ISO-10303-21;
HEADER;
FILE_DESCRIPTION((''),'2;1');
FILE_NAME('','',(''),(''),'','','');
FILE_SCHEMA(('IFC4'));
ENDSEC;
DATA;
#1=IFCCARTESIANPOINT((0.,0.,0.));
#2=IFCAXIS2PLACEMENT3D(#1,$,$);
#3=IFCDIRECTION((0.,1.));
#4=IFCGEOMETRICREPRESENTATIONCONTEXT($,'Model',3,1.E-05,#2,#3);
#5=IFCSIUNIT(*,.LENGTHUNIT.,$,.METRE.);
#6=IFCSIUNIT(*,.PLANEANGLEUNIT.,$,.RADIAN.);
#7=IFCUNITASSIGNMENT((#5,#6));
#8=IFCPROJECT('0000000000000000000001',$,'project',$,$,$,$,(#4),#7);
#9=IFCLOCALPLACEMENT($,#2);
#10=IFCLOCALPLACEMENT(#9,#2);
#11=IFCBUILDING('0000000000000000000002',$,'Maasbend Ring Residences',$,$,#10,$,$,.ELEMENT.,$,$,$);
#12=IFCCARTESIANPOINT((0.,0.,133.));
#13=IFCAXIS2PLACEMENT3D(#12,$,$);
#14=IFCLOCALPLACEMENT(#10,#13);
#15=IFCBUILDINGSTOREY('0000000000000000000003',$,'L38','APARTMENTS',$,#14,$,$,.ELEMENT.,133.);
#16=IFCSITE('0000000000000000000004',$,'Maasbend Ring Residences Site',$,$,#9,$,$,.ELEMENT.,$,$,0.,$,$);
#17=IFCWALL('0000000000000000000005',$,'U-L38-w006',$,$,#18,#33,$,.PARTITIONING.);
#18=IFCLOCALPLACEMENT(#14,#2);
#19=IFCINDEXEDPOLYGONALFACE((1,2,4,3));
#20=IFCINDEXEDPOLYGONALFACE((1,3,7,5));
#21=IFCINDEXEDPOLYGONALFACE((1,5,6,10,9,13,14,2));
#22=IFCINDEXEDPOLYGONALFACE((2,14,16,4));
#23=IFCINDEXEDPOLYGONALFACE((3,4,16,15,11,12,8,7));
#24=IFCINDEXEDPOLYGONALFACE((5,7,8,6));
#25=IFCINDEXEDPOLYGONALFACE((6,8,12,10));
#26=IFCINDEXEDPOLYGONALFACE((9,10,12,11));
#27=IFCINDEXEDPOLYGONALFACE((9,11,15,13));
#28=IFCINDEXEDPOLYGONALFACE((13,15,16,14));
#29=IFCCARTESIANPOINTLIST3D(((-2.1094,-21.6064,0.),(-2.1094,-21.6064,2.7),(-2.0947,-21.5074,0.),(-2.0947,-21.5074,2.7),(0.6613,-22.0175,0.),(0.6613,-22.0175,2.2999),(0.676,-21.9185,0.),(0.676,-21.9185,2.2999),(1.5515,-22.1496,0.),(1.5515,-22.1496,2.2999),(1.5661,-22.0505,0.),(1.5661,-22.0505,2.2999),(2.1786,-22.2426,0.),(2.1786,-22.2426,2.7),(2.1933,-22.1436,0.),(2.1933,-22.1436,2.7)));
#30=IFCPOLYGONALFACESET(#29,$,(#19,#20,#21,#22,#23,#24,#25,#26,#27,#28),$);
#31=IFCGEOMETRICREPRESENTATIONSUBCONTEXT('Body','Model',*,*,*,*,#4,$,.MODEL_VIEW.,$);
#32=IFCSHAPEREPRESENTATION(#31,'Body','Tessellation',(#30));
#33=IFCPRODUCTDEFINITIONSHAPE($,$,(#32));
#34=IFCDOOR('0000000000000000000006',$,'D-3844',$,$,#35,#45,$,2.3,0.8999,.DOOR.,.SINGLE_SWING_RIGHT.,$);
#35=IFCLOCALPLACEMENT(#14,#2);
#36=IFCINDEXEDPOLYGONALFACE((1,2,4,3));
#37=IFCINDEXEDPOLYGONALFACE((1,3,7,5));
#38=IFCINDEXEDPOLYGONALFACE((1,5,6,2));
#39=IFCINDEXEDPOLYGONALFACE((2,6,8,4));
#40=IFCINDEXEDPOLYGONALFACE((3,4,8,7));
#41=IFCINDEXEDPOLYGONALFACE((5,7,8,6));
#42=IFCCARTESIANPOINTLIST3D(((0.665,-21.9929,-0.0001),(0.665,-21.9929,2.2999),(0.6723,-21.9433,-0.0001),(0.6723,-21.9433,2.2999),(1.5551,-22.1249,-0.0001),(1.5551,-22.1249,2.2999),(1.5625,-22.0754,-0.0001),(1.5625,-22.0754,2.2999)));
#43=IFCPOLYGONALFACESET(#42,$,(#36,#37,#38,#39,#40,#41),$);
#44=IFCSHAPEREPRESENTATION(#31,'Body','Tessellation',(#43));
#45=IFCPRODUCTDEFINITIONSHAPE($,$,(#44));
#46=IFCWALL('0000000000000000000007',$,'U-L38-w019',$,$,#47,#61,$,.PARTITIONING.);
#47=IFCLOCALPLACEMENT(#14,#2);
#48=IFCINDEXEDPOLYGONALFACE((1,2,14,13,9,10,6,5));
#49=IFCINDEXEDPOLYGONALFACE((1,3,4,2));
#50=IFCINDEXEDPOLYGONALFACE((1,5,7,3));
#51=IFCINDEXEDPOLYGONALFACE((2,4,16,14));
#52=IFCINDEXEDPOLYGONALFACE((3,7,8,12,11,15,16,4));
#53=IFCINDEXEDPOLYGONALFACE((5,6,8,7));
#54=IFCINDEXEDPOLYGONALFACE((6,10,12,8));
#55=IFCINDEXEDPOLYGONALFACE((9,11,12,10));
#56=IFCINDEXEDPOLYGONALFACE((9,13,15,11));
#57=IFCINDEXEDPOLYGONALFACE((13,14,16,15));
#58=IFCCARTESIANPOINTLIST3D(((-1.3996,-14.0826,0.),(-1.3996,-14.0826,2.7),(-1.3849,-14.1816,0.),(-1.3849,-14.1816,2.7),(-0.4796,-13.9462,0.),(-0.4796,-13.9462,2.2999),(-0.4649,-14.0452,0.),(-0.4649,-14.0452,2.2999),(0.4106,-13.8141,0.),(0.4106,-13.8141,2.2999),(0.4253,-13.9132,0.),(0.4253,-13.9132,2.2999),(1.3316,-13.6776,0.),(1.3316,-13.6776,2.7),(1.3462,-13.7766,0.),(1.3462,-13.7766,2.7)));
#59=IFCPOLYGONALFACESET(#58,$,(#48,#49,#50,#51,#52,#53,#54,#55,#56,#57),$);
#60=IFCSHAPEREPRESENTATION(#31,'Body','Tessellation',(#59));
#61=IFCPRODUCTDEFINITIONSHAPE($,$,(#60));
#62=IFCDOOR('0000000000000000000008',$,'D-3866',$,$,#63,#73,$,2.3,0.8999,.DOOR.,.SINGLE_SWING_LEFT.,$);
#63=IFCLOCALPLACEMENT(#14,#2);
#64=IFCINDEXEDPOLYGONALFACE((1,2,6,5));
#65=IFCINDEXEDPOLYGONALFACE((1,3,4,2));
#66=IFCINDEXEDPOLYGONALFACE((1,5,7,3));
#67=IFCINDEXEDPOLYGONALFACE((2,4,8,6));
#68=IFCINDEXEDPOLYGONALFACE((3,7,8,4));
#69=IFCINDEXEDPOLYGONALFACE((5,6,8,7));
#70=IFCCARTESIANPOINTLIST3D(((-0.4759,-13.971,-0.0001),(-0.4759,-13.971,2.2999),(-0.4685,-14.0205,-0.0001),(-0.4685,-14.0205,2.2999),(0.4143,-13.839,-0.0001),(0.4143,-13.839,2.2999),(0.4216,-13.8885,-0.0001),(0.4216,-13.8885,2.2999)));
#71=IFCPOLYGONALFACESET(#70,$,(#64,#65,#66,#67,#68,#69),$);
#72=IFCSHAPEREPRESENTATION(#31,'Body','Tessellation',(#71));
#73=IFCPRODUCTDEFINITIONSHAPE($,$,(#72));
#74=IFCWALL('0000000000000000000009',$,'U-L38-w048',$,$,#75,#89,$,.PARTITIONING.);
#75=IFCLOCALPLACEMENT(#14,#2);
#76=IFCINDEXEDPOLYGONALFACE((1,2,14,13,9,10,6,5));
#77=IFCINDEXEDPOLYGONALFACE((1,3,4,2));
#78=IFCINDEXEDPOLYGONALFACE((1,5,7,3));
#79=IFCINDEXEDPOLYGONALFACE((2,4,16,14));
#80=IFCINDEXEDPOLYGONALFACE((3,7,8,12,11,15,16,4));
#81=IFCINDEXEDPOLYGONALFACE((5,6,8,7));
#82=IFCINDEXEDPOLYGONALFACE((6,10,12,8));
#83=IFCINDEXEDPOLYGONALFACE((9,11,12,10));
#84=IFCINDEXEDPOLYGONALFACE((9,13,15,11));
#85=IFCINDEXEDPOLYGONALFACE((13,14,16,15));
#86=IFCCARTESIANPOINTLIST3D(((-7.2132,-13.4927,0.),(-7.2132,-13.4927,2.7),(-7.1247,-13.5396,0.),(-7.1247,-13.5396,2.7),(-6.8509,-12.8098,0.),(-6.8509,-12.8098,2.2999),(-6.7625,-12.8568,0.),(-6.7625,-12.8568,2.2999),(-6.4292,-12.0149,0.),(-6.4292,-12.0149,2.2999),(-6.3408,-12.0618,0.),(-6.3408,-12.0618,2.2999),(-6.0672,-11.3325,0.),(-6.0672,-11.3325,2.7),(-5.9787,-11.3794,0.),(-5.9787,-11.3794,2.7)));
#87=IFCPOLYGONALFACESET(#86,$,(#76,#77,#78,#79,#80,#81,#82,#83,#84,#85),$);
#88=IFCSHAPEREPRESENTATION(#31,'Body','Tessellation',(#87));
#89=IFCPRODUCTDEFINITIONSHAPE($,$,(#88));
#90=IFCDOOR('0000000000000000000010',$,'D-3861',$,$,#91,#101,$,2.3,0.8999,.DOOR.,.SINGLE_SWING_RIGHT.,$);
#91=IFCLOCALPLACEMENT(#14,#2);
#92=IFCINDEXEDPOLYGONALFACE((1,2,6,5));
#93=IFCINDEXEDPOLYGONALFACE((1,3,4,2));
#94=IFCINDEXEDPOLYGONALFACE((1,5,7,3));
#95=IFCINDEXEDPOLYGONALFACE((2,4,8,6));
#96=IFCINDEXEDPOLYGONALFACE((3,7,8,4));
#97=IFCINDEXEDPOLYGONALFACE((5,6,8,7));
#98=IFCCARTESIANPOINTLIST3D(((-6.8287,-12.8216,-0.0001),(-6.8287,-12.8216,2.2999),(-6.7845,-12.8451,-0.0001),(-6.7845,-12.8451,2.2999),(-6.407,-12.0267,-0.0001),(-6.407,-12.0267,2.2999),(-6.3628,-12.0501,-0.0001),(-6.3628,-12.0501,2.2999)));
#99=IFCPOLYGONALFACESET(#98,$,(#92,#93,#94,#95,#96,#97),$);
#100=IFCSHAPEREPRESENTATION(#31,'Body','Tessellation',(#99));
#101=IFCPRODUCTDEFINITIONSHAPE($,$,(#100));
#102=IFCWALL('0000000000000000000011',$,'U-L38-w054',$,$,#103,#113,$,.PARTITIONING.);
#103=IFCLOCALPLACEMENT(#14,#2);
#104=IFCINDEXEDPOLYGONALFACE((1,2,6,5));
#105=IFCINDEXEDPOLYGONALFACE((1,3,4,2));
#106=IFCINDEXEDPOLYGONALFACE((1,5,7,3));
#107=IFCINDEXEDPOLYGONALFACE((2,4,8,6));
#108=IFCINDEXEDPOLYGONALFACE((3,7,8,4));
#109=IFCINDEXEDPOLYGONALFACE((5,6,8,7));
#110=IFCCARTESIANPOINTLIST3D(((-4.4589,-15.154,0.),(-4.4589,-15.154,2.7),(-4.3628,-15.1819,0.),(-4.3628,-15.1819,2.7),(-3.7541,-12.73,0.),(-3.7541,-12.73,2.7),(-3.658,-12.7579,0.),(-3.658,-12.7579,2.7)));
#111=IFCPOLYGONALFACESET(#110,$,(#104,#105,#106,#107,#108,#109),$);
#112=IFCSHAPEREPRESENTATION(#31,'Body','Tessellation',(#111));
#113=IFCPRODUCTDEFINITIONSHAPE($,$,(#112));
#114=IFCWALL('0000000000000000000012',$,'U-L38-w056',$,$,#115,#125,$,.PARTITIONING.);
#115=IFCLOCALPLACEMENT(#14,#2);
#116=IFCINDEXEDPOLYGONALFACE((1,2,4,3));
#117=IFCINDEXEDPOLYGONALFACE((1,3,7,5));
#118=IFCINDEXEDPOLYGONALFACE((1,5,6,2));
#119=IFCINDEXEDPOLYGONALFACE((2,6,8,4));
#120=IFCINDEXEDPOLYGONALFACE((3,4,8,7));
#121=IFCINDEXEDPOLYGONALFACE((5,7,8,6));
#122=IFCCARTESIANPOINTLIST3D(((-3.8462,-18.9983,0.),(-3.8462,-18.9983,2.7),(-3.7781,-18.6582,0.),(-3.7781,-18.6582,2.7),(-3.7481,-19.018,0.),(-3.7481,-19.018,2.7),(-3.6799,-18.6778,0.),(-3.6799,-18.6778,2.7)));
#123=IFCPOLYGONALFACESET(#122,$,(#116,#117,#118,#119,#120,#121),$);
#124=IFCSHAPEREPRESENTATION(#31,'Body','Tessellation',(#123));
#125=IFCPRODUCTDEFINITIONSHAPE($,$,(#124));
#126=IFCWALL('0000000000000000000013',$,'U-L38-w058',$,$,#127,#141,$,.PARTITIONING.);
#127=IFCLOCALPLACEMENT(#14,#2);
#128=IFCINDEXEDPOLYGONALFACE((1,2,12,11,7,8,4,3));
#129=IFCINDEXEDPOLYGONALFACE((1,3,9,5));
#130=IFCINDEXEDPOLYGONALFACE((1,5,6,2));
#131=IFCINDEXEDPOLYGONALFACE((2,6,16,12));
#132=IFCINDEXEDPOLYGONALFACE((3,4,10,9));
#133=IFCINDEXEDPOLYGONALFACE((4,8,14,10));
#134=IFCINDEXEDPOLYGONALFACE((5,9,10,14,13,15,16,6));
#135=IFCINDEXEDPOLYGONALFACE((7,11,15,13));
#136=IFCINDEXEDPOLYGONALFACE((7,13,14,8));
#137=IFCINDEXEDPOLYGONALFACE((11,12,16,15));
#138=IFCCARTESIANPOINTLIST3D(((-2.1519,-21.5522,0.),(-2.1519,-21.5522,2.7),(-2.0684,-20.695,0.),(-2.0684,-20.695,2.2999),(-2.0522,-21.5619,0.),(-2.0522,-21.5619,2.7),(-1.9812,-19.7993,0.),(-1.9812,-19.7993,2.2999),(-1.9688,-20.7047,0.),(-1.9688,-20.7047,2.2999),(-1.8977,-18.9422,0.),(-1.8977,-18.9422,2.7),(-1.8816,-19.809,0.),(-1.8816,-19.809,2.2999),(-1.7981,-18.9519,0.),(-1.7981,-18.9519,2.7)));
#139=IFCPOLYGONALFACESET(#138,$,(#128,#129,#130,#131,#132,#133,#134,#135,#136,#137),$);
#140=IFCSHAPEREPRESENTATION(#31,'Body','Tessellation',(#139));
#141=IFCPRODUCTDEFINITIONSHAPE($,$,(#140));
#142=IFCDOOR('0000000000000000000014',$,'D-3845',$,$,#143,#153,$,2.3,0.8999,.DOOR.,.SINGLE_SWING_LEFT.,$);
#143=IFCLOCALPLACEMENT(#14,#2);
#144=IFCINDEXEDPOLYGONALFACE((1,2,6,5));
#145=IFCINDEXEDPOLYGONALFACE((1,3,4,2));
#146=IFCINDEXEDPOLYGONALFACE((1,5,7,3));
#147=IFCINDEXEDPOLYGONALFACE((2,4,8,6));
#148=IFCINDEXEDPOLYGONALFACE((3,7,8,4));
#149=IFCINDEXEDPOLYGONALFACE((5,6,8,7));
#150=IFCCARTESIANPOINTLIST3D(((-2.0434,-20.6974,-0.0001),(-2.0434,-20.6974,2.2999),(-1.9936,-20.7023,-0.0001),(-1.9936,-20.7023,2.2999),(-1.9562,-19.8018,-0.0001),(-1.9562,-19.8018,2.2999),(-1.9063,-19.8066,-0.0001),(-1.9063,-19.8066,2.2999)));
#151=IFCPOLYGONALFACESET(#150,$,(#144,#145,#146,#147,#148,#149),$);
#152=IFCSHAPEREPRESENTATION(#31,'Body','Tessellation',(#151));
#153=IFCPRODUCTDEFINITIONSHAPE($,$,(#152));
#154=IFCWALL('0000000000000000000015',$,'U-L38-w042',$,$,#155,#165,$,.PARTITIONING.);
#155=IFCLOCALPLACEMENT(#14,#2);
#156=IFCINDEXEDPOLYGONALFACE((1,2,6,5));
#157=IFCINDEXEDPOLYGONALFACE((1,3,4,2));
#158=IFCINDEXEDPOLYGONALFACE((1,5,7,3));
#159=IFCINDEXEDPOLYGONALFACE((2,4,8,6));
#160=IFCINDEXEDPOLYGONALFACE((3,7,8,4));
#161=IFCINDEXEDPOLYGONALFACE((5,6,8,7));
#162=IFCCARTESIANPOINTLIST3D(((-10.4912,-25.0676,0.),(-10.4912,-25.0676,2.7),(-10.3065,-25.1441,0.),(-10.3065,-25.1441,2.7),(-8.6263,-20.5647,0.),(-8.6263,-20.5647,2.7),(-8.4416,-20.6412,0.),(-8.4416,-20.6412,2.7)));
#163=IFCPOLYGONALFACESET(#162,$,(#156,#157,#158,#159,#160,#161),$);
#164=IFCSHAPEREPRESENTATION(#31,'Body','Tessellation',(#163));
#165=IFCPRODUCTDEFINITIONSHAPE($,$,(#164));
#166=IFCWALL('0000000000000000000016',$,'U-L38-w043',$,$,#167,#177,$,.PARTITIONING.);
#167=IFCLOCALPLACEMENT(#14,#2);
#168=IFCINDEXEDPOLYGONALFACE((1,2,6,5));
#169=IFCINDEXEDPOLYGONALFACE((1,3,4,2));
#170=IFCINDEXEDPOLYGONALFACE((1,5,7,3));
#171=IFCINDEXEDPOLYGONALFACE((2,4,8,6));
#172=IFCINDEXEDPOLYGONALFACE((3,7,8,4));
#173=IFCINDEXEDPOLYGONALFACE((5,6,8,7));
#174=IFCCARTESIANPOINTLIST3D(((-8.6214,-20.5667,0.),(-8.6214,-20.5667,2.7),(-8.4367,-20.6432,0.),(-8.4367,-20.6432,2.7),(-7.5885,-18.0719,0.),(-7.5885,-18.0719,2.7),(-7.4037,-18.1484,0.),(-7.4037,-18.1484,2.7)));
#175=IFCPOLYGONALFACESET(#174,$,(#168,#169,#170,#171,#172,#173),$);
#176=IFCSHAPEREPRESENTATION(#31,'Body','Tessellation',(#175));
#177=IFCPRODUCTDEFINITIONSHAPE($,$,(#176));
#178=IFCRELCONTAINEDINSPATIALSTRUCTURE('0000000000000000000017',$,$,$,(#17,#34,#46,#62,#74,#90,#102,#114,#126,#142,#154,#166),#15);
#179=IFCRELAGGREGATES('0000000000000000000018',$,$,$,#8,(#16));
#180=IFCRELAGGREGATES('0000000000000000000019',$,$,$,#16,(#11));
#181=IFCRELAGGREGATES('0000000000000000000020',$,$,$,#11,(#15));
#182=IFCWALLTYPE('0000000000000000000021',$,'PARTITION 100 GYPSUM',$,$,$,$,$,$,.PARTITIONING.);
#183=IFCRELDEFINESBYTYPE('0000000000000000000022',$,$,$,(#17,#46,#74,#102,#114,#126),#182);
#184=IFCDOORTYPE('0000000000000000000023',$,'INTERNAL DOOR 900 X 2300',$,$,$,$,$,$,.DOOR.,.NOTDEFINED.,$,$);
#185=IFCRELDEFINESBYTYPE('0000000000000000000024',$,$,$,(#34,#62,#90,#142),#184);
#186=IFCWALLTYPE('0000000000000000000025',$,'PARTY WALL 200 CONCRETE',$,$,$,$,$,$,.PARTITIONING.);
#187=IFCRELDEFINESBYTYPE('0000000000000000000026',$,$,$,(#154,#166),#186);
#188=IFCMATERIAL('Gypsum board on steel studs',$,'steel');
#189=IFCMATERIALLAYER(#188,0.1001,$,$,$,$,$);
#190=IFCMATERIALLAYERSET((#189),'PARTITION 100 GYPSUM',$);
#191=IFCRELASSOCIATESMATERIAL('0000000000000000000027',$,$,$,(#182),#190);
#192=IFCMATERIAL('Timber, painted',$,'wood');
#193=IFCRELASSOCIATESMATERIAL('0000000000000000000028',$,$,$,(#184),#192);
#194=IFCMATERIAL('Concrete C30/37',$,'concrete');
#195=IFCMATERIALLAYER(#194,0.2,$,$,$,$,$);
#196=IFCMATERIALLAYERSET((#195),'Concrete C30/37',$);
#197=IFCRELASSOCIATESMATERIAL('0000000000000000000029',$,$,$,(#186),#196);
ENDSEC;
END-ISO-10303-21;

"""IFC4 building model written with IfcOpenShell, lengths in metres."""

from ifc_helpers import new_model, si_unit, direction, frame, frame_2d, origin, place, context, subcontext, project, spatial, rectangle, extrude, material, layer, layer_set, type_object, element, fill, save


model = new_model("IFC4")

# Units and contexts
model_context = context("Model", 3, precision=1e-05, world=origin(), true_north=direction((0.0, 1.0)))
body_context = subcontext(model_context, "Body", "Model", "MODEL_VIEW")
ifc_project = project(units=[si_unit("LENGTHUNIT", "METRE"), si_unit("PLANEANGLEUNIT", "RADIAN")], contexts=[model_context])

# Site, building, storey
site_placement = place(None, origin())
site = spatial("IfcSite", under=ifc_project, at=site_placement, Name="Maasbend Ring Residences Site", CompositionType="ELEMENT", RefElevation=0.0)
building_placement = place(site_placement, origin())
building = spatial("IfcBuilding", under=site, at=building_placement, Name="Maasbend Ring Residences", CompositionType="ELEMENT")
storey_placement = place(building_placement, frame((0.0, 0.0, 133.0)))
storey = spatial("IfcBuildingStorey", under=building, at=storey_placement, Name="L38", Description="APARTMENTS", CompositionType="ELEMENT", Elevation=133.0)

# Shared definitions
ifc_material_1 = material(Name="Gypsum board on steel studs", Category="steel")
ifc_layer_1 = layer(ifc_material_1, 0.1001)
ifc_layer_set_1 = layer_set([ifc_layer_1], Name="PARTITION 100 GYPSUM")
wall_type_1 = type_object("IfcWallType", Name="PARTITION 100 GYPSUM", PredefinedType="PARTITIONING", material=ifc_layer_set_1)

# Walls, openings, doors
wall_1_placement = place(storey_placement, frame((-2.1021, -21.5569, 0.0), z_axis=(0.0, 0.0, 1.0), x_axis=(0.989171, -0.146765, 0.0)))
wall_1 = element("IfcWall", 1, at=wall_1_placement, inside=storey, type_object=wall_type_1, Name="U-L38-w006", PredefinedType="PARTITIONING", context=body_context, shape_type="SweptSolid", body=[
    extrude(rectangle(XDim=4.335, YDim=0.1001, at=frame_2d((2.1675, 0.0))), origin(), (0.0, 0.0, 1.0), 2.7),
])
opening_1_placement = place(wall_1_placement, frame((2.801, 0.0, 0.0)))
opening_1 = element("IfcOpeningElement", 2, at=opening_1_placement, cuts=wall_1, PredefinedType="OPENING", context=body_context, shape_type="SweptSolid", body=[
    extrude(rectangle(XDim=0.8999, YDim=2.3, at=frame_2d((0.45, 1.1499))), frame((0.0, 0.0601, 0.0), z_axis=(0.0, -1.0, 0.0), x_axis=(1.0, 0.0, 0.0)), (0.0, 0.0, 1.0), 0.1201),
])
ifc_material_2 = material(Name="Timber, painted", Category="wood")
door_type_1 = type_object("IfcDoorType", Name="INTERNAL DOOR 900 X 2300", OperationType="NOTDEFINED", PredefinedType="DOOR", material=ifc_material_2)
door_1_placement = place(opening_1_placement, origin())
door_1 = element("IfcDoor", 3, at=door_1_placement, inside=storey, type_object=door_type_1, Name="D-3844", OperationType="SINGLE_SWING_RIGHT", OverallHeight=2.3, OverallWidth=0.8999, PredefinedType="DOOR", context=body_context, shape_type="SweptSolid", body=[
    extrude(rectangle(XDim=0.8999, YDim=2.3, at=frame_2d((0.45, 1.1499))), frame((0.0, 0.0249, 0.0), z_axis=(0.0, -1.0, 0.0), x_axis=(1.0, 0.0, 0.0)), (0.0, 0.0, 1.0), 0.05),
])
fill(opening_1, door_1)
wall_2_placement = place(storey_placement, frame((-1.3921, -14.1321, 0.0), z_axis=(0.0, 0.0, 1.0), x_axis=(0.989182, 0.146693, 0.0)))
wall_2 = element("IfcWall", 4, at=wall_2_placement, inside=storey, type_object=wall_type_1, Name="U-L38-w019", PredefinedType="PARTITIONING", context=body_context, shape_type="SweptSolid", body=[
    extrude(rectangle(XDim=2.761, YDim=0.1001, at=frame_2d((1.3804, 0.0))), origin(), (0.0, 0.0, 1.0), 2.7),
])
opening_2_placement = place(wall_2_placement, frame((0.9299, 0.0, 0.0)))
opening_2 = element("IfcOpeningElement", 5, at=opening_2_placement, cuts=wall_2, PredefinedType="OPENING", context=body_context, shape_type="SweptSolid", body=[
    extrude(rectangle(XDim=0.8999, YDim=2.3, at=frame_2d((0.45, 1.1499))), frame((0.0, 0.0601, 0.0), z_axis=(0.0, -1.0, 0.0), x_axis=(1.0, 0.0, 0.0)), (0.0, 0.0, 1.0), 0.1201),
])
door_2_placement = place(opening_2_placement, origin())
door_2 = element("IfcDoor", 6, at=door_2_placement, inside=storey, type_object=door_type_1, Name="D-3866", OperationType="SINGLE_SWING_LEFT", OverallHeight=2.3, OverallWidth=0.8999, PredefinedType="DOOR", context=body_context, shape_type="SweptSolid", body=[
    extrude(rectangle(XDim=0.8999, YDim=2.3, at=frame_2d((0.45, 1.1499))), frame((0.0, 0.0249, 0.0), z_axis=(0.0, -1.0, 0.0), x_axis=(1.0, 0.0, 0.0)), (0.0, 0.0, 1.0), 0.05),
])
fill(opening_2, door_2)
wall_3_placement = place(storey_placement, frame((-7.1689, -13.5161, 0.0), z_axis=(0.0, 0.0, 1.0), x_axis=(0.468649, 0.883384, 0.0)))
wall_3 = element("IfcWall", 7, at=wall_3_placement, inside=storey, type_object=wall_type_1, Name="U-L38-w048", PredefinedType="PARTITIONING", context=body_context, shape_type="SweptSolid", body=[
    extrude(rectangle(XDim=2.4453, YDim=0.1001, at=frame_2d((1.2227, 0.0))), origin(), (0.0, 0.0, 1.0), 2.7),
])
opening_3_placement = place(wall_3_placement, frame((0.7729, 0.0, 0.0)))
opening_3 = element("IfcOpeningElement", 8, at=opening_3_placement, cuts=wall_3, PredefinedType="OPENING", context=body_context, shape_type="SweptSolid", body=[
    extrude(rectangle(XDim=0.8999, YDim=2.3, at=frame_2d((0.45, 1.1499))), frame((0.0, 0.0601, 0.0), z_axis=(0.0, -1.0, 0.0), x_axis=(1.0, 0.0, 0.0)), (0.0, 0.0, 1.0), 0.1201),
])
door_3_placement = place(opening_3_placement, origin())
door_3 = element("IfcDoor", 9, at=door_3_placement, inside=storey, type_object=door_type_1, Name="D-3861", OperationType="SINGLE_SWING_RIGHT", OverallHeight=2.3, OverallWidth=0.8999, PredefinedType="DOOR", context=body_context, shape_type="SweptSolid", body=[
    extrude(rectangle(XDim=0.8999, YDim=2.3, at=frame_2d((0.45, 1.1499))), frame((0.0, 0.0249, 0.0), z_axis=(0.0, -1.0, 0.0), x_axis=(1.0, 0.0, 0.0)), (0.0, 0.0, 1.0), 0.05),
])
fill(opening_3, door_3)

# Walls
wall_4_placement = place(storey_placement, frame((-4.4109, -15.168, 0.0), z_axis=(0.0, 0.0, 1.0), x_axis=(0.279201, 0.960233, 0.0)))
element("IfcWall", 10, at=wall_4_placement, inside=storey, type_object=wall_type_1, Name="U-L38-w054", PredefinedType="PARTITIONING", context=body_context, shape_type="SweptSolid", body=[
    extrude(rectangle(XDim=2.5244, YDim=0.1001, at=frame_2d((1.2622, 0.0))), origin(), (0.0, 0.0, 1.0), 2.7),
])
wall_5_placement = place(storey_placement, frame((-3.7971, -19.0081, 0.0), z_axis=(0.0, 0.0, 1.0), x_axis=(0.196387, 0.980526, 0.0)))
element("IfcWall", 11, at=wall_5_placement, inside=storey, type_object=wall_type_1, Name="U-L38-w056", PredefinedType="PARTITIONING", context=body_context, shape_type="SweptSolid", body=[
    extrude(rectangle(XDim=0.3469, YDim=0.1001, at=frame_2d((0.1733, 0.0))), origin(), (0.0, 0.0, 1.0), 2.7),
])

# Wall, opening, door
wall_6_placement = place(storey_placement, frame((-2.1021, -21.5569, 0.0), z_axis=(0.0, 0.0, 1.0), x_axis=(0.096922, 0.995292, 0.0)))
wall_6 = element("IfcWall", 12, at=wall_6_placement, inside=storey, type_object=wall_type_1, Name="U-L38-w058", PredefinedType="PARTITIONING", context=body_context, shape_type="SweptSolid", body=[
    extrude(rectangle(XDim=2.6223, YDim=0.1001, at=frame_2d((1.311, 0.0))), origin(), (0.0, 0.0, 1.0), 2.7),
])
opening_4_placement = place(wall_6_placement, frame((0.8611, 0.0, 0.0)))
opening_4 = element("IfcOpeningElement", 13, at=opening_4_placement, cuts=wall_6, PredefinedType="OPENING", context=body_context, shape_type="SweptSolid", body=[
    extrude(rectangle(XDim=0.8999, YDim=2.3, at=frame_2d((0.45, 1.1499))), frame((0.0, 0.0601, 0.0), z_axis=(0.0, -1.0, 0.0), x_axis=(1.0, 0.0, 0.0)), (0.0, 0.0, 1.0), 0.1201),
])
door_4_placement = place(opening_4_placement, origin())
door_4 = element("IfcDoor", 14, at=door_4_placement, inside=storey, type_object=door_type_1, Name="D-3845", OperationType="SINGLE_SWING_LEFT", OverallHeight=2.3, OverallWidth=0.8999, PredefinedType="DOOR", context=body_context, shape_type="SweptSolid", body=[
    extrude(rectangle(XDim=0.8999, YDim=2.3, at=frame_2d((0.45, 1.1499))), frame((0.0, 0.0249, 0.0), z_axis=(0.0, -1.0, 0.0), x_axis=(1.0, 0.0, 0.0)), (0.0, 0.0, 1.0), 0.05),
])
fill(opening_4, door_4)

# Walls
ifc_material_3 = material(Name="Concrete C30/37", Category="concrete")
ifc_layer_2 = layer(ifc_material_3, 0.2)
ifc_layer_set_2 = layer_set([ifc_layer_2], Name="Concrete C30/37")
wall_type_2 = type_object("IfcWallType", Name="PARTY WALL 200 CONCRETE", PredefinedType="PARTITIONING", material=ifc_layer_set_2)
wall_7_placement = place(storey_placement, frame((-10.3989, -25.106, 0.0), z_axis=(0.0, 0.0, 1.0), x_axis=(0.382651, 0.923893, 0.0)))
element("IfcWall", 15, at=wall_7_placement, inside=storey, type_object=wall_type_2, Name="U-L38-w042", PredefinedType="PARTITIONING", context=body_context, shape_type="SweptSolid", body=[
    extrude(rectangle(XDim=4.8738, YDim=0.2, at=frame_2d((2.437, 0.0))), origin(), (0.0, 0.0, 1.0), 2.7),
])
wall_8_placement = place(storey_placement, frame((-8.5291, -20.605, 0.0), z_axis=(0.0, 0.0, 1.0), x_axis=(0.382541, 0.923939, 0.0)))
element("IfcWall", 16, at=wall_8_placement, inside=storey, type_object=wall_type_2, Name="U-L38-w043", PredefinedType="PARTITIONING", context=body_context, shape_type="SweptSolid", body=[
    extrude(rectangle(XDim=2.7002, YDim=0.2, at=frame_2d((1.3501, 0.0))), origin(), (0.0, 0.0, 1.0), 2.7),
])

save(model, "model.ifc")
